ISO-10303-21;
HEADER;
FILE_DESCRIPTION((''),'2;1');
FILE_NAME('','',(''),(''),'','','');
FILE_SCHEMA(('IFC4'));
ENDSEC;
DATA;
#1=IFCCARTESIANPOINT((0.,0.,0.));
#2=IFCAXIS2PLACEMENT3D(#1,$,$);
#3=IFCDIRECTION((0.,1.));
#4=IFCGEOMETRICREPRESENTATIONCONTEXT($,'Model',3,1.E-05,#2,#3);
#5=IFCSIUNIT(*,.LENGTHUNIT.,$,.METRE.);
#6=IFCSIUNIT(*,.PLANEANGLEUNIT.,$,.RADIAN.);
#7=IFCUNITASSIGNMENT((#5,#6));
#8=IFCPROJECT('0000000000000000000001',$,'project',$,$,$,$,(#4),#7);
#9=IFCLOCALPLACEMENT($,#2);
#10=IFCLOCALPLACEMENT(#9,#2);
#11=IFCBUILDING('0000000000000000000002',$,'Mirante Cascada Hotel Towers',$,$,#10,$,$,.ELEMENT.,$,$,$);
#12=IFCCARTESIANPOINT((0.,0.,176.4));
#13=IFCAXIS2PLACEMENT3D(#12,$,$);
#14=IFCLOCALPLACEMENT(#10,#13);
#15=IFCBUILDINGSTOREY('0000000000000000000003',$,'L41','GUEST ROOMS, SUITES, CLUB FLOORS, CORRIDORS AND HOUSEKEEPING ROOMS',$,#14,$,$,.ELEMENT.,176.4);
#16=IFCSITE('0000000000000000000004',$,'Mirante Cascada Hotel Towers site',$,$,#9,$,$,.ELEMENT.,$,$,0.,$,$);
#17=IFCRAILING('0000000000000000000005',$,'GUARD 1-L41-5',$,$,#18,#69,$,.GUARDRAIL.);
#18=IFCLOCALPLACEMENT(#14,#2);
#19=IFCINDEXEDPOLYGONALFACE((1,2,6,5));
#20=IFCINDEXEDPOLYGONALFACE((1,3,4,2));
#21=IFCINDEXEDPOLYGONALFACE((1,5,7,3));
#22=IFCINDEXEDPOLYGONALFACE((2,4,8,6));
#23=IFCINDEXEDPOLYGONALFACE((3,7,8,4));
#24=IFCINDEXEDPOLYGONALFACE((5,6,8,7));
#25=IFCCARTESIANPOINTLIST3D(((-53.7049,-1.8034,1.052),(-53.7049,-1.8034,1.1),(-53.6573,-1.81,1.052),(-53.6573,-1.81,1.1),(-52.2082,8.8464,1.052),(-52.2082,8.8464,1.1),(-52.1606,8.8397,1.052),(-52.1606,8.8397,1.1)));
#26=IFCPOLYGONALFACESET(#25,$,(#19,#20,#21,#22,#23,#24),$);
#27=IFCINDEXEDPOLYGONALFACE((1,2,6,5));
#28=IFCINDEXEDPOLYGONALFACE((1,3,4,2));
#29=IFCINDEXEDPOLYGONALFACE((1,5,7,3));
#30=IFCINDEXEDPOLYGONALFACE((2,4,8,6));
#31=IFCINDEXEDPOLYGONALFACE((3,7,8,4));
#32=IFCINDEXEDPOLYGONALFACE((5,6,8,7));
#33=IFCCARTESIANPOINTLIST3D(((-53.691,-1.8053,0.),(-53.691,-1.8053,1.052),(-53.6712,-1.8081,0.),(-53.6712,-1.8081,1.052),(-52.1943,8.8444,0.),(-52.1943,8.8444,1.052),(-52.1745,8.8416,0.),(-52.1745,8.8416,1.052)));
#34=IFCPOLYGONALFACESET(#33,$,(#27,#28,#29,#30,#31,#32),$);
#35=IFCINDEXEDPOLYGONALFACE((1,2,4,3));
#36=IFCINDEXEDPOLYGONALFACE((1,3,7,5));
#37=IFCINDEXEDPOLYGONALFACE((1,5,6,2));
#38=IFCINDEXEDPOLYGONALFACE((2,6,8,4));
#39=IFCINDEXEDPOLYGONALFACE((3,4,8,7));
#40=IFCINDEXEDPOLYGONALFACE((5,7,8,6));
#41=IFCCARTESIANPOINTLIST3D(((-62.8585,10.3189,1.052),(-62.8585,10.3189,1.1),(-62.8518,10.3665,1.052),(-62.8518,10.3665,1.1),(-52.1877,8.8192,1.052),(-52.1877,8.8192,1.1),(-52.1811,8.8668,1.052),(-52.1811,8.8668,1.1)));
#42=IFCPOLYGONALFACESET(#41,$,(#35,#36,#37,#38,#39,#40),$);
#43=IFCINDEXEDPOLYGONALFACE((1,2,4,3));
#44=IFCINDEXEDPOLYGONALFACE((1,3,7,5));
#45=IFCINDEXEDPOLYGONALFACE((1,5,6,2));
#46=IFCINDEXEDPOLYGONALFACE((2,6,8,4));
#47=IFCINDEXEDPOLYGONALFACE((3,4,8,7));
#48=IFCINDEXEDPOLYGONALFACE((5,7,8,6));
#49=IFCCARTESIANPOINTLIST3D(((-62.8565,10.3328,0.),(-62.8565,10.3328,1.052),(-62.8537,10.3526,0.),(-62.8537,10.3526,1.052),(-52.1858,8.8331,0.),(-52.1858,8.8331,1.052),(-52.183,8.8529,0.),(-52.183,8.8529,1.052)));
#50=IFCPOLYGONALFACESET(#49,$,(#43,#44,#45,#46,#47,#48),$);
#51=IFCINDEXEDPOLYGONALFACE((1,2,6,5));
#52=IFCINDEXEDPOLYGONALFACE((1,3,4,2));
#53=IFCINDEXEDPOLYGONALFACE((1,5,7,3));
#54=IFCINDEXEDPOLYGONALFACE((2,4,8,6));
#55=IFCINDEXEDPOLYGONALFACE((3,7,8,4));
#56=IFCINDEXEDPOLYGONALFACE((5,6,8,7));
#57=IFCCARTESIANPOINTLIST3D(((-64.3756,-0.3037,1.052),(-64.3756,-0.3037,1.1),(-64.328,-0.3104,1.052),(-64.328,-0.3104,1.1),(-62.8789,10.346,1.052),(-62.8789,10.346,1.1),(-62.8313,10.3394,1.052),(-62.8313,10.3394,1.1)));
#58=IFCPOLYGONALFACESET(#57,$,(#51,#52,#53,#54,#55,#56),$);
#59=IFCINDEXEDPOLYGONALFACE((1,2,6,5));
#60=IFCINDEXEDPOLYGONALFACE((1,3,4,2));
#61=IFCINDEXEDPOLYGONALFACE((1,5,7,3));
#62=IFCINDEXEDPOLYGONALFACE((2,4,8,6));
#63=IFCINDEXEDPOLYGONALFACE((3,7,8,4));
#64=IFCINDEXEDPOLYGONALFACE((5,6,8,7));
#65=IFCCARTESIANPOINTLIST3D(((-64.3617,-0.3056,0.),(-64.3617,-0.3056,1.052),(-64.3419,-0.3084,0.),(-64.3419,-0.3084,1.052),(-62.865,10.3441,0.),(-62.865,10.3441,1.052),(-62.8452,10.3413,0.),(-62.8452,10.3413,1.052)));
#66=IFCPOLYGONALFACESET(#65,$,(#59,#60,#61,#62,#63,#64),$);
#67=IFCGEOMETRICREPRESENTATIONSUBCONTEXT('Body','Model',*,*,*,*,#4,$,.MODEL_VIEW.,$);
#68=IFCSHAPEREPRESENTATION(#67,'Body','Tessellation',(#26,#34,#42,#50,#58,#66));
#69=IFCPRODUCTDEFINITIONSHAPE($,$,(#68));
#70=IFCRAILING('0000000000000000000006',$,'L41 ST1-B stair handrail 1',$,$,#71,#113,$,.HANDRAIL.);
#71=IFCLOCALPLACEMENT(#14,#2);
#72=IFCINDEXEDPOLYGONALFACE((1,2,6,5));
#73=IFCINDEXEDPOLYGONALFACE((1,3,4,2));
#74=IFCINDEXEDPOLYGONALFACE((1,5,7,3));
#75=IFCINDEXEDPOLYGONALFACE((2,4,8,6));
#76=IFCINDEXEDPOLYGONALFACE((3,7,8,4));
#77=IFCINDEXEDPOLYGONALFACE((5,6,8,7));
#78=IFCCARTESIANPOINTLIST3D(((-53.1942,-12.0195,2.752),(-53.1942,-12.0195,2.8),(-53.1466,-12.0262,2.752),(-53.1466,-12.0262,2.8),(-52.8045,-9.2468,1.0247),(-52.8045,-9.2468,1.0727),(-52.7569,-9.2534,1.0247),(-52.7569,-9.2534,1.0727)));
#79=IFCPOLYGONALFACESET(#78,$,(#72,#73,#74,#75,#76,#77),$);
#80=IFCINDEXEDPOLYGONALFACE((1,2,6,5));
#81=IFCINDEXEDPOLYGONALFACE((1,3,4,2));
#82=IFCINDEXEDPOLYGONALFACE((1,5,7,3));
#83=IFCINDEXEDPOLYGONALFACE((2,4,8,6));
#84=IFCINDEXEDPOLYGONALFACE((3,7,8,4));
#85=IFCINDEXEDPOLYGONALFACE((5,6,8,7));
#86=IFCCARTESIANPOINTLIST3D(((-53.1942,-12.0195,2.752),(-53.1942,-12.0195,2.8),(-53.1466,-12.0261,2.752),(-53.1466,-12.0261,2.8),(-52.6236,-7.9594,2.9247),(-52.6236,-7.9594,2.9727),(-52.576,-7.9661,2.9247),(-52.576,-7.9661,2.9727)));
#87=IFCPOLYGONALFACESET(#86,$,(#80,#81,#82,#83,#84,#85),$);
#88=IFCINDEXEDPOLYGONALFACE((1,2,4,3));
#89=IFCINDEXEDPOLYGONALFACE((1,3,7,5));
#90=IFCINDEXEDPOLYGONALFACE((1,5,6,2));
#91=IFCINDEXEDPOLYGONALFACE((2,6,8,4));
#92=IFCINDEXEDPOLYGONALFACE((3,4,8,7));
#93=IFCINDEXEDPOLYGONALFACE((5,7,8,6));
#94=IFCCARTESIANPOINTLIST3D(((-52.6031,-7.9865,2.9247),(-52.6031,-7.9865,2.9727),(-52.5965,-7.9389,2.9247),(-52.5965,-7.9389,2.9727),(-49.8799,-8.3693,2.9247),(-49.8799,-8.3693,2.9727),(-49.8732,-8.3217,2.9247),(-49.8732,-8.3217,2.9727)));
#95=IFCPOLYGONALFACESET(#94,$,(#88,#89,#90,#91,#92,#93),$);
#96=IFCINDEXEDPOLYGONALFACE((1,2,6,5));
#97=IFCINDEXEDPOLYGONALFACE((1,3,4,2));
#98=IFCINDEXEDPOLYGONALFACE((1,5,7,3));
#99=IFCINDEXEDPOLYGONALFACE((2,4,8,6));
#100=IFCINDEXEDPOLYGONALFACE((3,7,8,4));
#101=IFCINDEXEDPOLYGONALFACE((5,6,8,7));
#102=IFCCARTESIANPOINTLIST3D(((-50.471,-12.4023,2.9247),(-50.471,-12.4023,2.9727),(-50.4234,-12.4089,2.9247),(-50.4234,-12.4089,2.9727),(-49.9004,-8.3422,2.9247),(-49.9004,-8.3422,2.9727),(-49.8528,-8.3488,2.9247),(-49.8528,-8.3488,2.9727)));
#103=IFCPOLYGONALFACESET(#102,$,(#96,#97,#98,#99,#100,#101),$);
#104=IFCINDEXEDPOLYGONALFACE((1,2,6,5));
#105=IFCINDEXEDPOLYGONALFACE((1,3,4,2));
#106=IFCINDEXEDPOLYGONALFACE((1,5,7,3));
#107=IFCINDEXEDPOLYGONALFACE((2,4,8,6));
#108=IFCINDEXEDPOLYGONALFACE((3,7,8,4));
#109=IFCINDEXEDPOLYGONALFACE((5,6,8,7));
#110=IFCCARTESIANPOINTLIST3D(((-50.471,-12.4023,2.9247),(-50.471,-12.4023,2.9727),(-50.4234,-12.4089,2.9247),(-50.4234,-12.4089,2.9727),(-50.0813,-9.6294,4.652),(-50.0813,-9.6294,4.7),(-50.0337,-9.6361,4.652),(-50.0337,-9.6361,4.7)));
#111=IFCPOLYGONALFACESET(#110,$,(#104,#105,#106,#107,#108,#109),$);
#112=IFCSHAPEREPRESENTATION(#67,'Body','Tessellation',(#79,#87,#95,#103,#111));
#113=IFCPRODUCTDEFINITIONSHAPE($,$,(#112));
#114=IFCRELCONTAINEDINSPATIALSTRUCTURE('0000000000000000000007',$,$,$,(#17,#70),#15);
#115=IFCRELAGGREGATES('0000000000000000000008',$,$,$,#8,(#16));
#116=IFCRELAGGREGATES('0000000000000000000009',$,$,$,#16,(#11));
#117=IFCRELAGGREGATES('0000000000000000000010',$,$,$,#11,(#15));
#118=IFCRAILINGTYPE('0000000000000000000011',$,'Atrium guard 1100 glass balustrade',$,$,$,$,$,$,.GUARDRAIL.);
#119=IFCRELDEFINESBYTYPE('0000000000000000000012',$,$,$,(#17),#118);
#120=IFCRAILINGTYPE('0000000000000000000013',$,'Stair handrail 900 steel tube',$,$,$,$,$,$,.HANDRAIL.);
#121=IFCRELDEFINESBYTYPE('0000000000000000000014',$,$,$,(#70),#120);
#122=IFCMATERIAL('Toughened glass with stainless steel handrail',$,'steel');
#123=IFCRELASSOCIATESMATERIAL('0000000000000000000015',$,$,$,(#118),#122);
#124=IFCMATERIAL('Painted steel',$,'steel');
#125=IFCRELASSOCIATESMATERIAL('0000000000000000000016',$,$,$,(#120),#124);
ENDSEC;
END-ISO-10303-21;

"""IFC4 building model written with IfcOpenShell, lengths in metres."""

from ifc_helpers import new_model, si_unit, direction, frame, origin, origin_2d, place, context, subcontext, project, spatial, rectangle, extrude, material, type_object, element, save


model = new_model("IFC4")

# Units and contexts
model_context = context("Model", 3, precision=1e-05, world=origin(), true_north=direction((0.0, 1.0)))
body_context = subcontext(model_context, "Body", "Model", "MODEL_VIEW")
ifc_project = project(units=[si_unit("LENGTHUNIT", "METRE"), si_unit("PLANEANGLEUNIT", "RADIAN")], contexts=[model_context])

# Site, building, storey
site_placement = place(None, origin())
site = spatial("IfcSite", under=ifc_project, at=site_placement, Name="Mirante Cascada Hotel Towers site", CompositionType="ELEMENT", RefElevation=0.0)
building_placement = place(site_placement, origin())
building = spatial("IfcBuilding", under=site, at=building_placement, Name="Mirante Cascada Hotel Towers", CompositionType="ELEMENT")
storey_placement = place(building_placement, frame((0.0, 0.0, 176.4)))
storey = spatial("IfcBuildingStorey", under=building, at=storey_placement, Name="L41", Description="GUEST ROOMS, SUITES, CLUB FLOORS, CORRIDORS AND HOUSEKEEPING ROOMS", CompositionType="ELEMENT", Elevation=176.4)

# Railings
ifc_material_1 = material(Name="Toughened glass with stainless steel handrail", Category="steel")
railing_type_1 = type_object("IfcRailingType", Name="Atrium guard 1100 glass balustrade", PredefinedType="GUARDRAIL", material=ifc_material_1)
railing_1_placement = place(storey_placement, frame((-53.6811, -1.8067, 0.0)))
element("IfcRailing", 1, at=railing_1_placement, inside=storey, type_object=railing_type_1, Name="GUARD 1-L41-5", PredefinedType="GUARDRAIL", context=body_context, shape_type="SweptSolid", body=[
    extrude(rectangle(XDim=0.048, YDim=0.048, at=origin_2d()), frame((0.0, 0.0, 1.076), z_axis=(0.139172, 0.990268, 0.0), x_axis=(-0.990268, 0.139172, 0.0)), (0.0, 0.0, 1.0), 10.7544),
    extrude(rectangle(XDim=0.02, YDim=1.052, at=origin_2d()), frame((0.0, 0.0, 0.526), z_axis=(0.139172, 0.990268, 0.0), x_axis=(-0.990268, 0.139172, 0.0)), (0.0, 0.0, 1.0), 10.7544),
    extrude(rectangle(XDim=0.048, YDim=0.048, at=origin_2d()), frame((1.4967, 10.6497, 1.076), z_axis=(-0.990268, 0.139176, 0.0), x_axis=(-0.139176, -0.990268, 0.0)), (0.0, 0.0, 1.0), 10.7756),
    extrude(rectangle(XDim=0.02, YDim=1.052, at=origin_2d()), frame((1.4967, 10.6497, 0.526), z_axis=(-0.990268, 0.139176, 0.0), x_axis=(-0.139176, -0.990268, 0.0)), (0.0, 0.0, 1.0), 10.7756),
    extrude(rectangle(XDim=0.048, YDim=0.048, at=origin_2d()), frame((-9.174, 12.1494, 1.076), z_axis=(-0.139172, -0.990268, 0.0), x_axis=(0.990268, -0.139172, 0.0)), (0.0, 0.0, 1.0), 10.7544),
    extrude(rectangle(XDim=0.02, YDim=1.052, at=origin_2d()), frame((-9.174, 12.1494, 0.526), z_axis=(-0.139172, -0.990268, 0.0), x_axis=(0.990268, -0.139172, 0.0)), (0.0, 0.0, 1.0), 10.7544),
])
ifc_material_2 = material(Name="Painted steel", Category="steel")
railing_type_2 = type_object("IfcRailingType", Name="Stair handrail 900 steel tube", PredefinedType="HANDRAIL", material=ifc_material_2)
railing_2_placement = place(storey_placement, frame((-52.7807, -9.2501, 0.1727)))
element("IfcRailing", 2, at=railing_2_placement, inside=storey, type_object=railing_type_2, Name="L41 ST1-B stair handrail 1", PredefinedType="HANDRAIL", context=body_context, shape_type="SweptSolid", body=[
    extrude(rectangle(XDim=0.048, YDim=0.048, at=origin_2d()), frame((0.0, 0.0, 0.876), z_axis=(-0.139181, -0.990267, 0.0), x_axis=(0.990267, -0.139181, 0.0)), (0.0, 0.525035, 0.851081), 3.2899),
    extrude(rectangle(XDim=0.048, YDim=0.048, at=origin_2d()), frame((-0.3897, -2.7727, 2.6033), z_axis=(0.139171, 0.990268, 0.0), x_axis=(-0.990268, 0.139171, 0.0)), (0.0, 0.042085, 0.999114), 4.1036),
    extrude(rectangle(XDim=0.048, YDim=0.048, at=origin_2d()), frame((0.1809, 1.2874, 2.776), z_axis=(0.990264, -0.139201, 0.0), x_axis=(0.139201, 0.990264, 0.0)), (0.0, 0.0, 1.0), 2.75),
    extrude(rectangle(XDim=0.048, YDim=0.048, at=origin_2d()), frame((2.9041, 0.9046, 2.776), z_axis=(-0.139171, -0.990268, 0.0), x_axis=(0.990268, -0.139171, 0.0)), (0.0, 0.0, 1.0), 4.1),
    extrude(rectangle(XDim=0.048, YDim=0.048, at=origin_2d()), frame((2.3335, -3.1555, 2.776), z_axis=(0.139176, 0.990268, 0.0), x_axis=(-0.990268, 0.139176, 0.0)), (0.0, 0.525021, 0.851089), 3.29),
])

save(model, "model.ifc")
